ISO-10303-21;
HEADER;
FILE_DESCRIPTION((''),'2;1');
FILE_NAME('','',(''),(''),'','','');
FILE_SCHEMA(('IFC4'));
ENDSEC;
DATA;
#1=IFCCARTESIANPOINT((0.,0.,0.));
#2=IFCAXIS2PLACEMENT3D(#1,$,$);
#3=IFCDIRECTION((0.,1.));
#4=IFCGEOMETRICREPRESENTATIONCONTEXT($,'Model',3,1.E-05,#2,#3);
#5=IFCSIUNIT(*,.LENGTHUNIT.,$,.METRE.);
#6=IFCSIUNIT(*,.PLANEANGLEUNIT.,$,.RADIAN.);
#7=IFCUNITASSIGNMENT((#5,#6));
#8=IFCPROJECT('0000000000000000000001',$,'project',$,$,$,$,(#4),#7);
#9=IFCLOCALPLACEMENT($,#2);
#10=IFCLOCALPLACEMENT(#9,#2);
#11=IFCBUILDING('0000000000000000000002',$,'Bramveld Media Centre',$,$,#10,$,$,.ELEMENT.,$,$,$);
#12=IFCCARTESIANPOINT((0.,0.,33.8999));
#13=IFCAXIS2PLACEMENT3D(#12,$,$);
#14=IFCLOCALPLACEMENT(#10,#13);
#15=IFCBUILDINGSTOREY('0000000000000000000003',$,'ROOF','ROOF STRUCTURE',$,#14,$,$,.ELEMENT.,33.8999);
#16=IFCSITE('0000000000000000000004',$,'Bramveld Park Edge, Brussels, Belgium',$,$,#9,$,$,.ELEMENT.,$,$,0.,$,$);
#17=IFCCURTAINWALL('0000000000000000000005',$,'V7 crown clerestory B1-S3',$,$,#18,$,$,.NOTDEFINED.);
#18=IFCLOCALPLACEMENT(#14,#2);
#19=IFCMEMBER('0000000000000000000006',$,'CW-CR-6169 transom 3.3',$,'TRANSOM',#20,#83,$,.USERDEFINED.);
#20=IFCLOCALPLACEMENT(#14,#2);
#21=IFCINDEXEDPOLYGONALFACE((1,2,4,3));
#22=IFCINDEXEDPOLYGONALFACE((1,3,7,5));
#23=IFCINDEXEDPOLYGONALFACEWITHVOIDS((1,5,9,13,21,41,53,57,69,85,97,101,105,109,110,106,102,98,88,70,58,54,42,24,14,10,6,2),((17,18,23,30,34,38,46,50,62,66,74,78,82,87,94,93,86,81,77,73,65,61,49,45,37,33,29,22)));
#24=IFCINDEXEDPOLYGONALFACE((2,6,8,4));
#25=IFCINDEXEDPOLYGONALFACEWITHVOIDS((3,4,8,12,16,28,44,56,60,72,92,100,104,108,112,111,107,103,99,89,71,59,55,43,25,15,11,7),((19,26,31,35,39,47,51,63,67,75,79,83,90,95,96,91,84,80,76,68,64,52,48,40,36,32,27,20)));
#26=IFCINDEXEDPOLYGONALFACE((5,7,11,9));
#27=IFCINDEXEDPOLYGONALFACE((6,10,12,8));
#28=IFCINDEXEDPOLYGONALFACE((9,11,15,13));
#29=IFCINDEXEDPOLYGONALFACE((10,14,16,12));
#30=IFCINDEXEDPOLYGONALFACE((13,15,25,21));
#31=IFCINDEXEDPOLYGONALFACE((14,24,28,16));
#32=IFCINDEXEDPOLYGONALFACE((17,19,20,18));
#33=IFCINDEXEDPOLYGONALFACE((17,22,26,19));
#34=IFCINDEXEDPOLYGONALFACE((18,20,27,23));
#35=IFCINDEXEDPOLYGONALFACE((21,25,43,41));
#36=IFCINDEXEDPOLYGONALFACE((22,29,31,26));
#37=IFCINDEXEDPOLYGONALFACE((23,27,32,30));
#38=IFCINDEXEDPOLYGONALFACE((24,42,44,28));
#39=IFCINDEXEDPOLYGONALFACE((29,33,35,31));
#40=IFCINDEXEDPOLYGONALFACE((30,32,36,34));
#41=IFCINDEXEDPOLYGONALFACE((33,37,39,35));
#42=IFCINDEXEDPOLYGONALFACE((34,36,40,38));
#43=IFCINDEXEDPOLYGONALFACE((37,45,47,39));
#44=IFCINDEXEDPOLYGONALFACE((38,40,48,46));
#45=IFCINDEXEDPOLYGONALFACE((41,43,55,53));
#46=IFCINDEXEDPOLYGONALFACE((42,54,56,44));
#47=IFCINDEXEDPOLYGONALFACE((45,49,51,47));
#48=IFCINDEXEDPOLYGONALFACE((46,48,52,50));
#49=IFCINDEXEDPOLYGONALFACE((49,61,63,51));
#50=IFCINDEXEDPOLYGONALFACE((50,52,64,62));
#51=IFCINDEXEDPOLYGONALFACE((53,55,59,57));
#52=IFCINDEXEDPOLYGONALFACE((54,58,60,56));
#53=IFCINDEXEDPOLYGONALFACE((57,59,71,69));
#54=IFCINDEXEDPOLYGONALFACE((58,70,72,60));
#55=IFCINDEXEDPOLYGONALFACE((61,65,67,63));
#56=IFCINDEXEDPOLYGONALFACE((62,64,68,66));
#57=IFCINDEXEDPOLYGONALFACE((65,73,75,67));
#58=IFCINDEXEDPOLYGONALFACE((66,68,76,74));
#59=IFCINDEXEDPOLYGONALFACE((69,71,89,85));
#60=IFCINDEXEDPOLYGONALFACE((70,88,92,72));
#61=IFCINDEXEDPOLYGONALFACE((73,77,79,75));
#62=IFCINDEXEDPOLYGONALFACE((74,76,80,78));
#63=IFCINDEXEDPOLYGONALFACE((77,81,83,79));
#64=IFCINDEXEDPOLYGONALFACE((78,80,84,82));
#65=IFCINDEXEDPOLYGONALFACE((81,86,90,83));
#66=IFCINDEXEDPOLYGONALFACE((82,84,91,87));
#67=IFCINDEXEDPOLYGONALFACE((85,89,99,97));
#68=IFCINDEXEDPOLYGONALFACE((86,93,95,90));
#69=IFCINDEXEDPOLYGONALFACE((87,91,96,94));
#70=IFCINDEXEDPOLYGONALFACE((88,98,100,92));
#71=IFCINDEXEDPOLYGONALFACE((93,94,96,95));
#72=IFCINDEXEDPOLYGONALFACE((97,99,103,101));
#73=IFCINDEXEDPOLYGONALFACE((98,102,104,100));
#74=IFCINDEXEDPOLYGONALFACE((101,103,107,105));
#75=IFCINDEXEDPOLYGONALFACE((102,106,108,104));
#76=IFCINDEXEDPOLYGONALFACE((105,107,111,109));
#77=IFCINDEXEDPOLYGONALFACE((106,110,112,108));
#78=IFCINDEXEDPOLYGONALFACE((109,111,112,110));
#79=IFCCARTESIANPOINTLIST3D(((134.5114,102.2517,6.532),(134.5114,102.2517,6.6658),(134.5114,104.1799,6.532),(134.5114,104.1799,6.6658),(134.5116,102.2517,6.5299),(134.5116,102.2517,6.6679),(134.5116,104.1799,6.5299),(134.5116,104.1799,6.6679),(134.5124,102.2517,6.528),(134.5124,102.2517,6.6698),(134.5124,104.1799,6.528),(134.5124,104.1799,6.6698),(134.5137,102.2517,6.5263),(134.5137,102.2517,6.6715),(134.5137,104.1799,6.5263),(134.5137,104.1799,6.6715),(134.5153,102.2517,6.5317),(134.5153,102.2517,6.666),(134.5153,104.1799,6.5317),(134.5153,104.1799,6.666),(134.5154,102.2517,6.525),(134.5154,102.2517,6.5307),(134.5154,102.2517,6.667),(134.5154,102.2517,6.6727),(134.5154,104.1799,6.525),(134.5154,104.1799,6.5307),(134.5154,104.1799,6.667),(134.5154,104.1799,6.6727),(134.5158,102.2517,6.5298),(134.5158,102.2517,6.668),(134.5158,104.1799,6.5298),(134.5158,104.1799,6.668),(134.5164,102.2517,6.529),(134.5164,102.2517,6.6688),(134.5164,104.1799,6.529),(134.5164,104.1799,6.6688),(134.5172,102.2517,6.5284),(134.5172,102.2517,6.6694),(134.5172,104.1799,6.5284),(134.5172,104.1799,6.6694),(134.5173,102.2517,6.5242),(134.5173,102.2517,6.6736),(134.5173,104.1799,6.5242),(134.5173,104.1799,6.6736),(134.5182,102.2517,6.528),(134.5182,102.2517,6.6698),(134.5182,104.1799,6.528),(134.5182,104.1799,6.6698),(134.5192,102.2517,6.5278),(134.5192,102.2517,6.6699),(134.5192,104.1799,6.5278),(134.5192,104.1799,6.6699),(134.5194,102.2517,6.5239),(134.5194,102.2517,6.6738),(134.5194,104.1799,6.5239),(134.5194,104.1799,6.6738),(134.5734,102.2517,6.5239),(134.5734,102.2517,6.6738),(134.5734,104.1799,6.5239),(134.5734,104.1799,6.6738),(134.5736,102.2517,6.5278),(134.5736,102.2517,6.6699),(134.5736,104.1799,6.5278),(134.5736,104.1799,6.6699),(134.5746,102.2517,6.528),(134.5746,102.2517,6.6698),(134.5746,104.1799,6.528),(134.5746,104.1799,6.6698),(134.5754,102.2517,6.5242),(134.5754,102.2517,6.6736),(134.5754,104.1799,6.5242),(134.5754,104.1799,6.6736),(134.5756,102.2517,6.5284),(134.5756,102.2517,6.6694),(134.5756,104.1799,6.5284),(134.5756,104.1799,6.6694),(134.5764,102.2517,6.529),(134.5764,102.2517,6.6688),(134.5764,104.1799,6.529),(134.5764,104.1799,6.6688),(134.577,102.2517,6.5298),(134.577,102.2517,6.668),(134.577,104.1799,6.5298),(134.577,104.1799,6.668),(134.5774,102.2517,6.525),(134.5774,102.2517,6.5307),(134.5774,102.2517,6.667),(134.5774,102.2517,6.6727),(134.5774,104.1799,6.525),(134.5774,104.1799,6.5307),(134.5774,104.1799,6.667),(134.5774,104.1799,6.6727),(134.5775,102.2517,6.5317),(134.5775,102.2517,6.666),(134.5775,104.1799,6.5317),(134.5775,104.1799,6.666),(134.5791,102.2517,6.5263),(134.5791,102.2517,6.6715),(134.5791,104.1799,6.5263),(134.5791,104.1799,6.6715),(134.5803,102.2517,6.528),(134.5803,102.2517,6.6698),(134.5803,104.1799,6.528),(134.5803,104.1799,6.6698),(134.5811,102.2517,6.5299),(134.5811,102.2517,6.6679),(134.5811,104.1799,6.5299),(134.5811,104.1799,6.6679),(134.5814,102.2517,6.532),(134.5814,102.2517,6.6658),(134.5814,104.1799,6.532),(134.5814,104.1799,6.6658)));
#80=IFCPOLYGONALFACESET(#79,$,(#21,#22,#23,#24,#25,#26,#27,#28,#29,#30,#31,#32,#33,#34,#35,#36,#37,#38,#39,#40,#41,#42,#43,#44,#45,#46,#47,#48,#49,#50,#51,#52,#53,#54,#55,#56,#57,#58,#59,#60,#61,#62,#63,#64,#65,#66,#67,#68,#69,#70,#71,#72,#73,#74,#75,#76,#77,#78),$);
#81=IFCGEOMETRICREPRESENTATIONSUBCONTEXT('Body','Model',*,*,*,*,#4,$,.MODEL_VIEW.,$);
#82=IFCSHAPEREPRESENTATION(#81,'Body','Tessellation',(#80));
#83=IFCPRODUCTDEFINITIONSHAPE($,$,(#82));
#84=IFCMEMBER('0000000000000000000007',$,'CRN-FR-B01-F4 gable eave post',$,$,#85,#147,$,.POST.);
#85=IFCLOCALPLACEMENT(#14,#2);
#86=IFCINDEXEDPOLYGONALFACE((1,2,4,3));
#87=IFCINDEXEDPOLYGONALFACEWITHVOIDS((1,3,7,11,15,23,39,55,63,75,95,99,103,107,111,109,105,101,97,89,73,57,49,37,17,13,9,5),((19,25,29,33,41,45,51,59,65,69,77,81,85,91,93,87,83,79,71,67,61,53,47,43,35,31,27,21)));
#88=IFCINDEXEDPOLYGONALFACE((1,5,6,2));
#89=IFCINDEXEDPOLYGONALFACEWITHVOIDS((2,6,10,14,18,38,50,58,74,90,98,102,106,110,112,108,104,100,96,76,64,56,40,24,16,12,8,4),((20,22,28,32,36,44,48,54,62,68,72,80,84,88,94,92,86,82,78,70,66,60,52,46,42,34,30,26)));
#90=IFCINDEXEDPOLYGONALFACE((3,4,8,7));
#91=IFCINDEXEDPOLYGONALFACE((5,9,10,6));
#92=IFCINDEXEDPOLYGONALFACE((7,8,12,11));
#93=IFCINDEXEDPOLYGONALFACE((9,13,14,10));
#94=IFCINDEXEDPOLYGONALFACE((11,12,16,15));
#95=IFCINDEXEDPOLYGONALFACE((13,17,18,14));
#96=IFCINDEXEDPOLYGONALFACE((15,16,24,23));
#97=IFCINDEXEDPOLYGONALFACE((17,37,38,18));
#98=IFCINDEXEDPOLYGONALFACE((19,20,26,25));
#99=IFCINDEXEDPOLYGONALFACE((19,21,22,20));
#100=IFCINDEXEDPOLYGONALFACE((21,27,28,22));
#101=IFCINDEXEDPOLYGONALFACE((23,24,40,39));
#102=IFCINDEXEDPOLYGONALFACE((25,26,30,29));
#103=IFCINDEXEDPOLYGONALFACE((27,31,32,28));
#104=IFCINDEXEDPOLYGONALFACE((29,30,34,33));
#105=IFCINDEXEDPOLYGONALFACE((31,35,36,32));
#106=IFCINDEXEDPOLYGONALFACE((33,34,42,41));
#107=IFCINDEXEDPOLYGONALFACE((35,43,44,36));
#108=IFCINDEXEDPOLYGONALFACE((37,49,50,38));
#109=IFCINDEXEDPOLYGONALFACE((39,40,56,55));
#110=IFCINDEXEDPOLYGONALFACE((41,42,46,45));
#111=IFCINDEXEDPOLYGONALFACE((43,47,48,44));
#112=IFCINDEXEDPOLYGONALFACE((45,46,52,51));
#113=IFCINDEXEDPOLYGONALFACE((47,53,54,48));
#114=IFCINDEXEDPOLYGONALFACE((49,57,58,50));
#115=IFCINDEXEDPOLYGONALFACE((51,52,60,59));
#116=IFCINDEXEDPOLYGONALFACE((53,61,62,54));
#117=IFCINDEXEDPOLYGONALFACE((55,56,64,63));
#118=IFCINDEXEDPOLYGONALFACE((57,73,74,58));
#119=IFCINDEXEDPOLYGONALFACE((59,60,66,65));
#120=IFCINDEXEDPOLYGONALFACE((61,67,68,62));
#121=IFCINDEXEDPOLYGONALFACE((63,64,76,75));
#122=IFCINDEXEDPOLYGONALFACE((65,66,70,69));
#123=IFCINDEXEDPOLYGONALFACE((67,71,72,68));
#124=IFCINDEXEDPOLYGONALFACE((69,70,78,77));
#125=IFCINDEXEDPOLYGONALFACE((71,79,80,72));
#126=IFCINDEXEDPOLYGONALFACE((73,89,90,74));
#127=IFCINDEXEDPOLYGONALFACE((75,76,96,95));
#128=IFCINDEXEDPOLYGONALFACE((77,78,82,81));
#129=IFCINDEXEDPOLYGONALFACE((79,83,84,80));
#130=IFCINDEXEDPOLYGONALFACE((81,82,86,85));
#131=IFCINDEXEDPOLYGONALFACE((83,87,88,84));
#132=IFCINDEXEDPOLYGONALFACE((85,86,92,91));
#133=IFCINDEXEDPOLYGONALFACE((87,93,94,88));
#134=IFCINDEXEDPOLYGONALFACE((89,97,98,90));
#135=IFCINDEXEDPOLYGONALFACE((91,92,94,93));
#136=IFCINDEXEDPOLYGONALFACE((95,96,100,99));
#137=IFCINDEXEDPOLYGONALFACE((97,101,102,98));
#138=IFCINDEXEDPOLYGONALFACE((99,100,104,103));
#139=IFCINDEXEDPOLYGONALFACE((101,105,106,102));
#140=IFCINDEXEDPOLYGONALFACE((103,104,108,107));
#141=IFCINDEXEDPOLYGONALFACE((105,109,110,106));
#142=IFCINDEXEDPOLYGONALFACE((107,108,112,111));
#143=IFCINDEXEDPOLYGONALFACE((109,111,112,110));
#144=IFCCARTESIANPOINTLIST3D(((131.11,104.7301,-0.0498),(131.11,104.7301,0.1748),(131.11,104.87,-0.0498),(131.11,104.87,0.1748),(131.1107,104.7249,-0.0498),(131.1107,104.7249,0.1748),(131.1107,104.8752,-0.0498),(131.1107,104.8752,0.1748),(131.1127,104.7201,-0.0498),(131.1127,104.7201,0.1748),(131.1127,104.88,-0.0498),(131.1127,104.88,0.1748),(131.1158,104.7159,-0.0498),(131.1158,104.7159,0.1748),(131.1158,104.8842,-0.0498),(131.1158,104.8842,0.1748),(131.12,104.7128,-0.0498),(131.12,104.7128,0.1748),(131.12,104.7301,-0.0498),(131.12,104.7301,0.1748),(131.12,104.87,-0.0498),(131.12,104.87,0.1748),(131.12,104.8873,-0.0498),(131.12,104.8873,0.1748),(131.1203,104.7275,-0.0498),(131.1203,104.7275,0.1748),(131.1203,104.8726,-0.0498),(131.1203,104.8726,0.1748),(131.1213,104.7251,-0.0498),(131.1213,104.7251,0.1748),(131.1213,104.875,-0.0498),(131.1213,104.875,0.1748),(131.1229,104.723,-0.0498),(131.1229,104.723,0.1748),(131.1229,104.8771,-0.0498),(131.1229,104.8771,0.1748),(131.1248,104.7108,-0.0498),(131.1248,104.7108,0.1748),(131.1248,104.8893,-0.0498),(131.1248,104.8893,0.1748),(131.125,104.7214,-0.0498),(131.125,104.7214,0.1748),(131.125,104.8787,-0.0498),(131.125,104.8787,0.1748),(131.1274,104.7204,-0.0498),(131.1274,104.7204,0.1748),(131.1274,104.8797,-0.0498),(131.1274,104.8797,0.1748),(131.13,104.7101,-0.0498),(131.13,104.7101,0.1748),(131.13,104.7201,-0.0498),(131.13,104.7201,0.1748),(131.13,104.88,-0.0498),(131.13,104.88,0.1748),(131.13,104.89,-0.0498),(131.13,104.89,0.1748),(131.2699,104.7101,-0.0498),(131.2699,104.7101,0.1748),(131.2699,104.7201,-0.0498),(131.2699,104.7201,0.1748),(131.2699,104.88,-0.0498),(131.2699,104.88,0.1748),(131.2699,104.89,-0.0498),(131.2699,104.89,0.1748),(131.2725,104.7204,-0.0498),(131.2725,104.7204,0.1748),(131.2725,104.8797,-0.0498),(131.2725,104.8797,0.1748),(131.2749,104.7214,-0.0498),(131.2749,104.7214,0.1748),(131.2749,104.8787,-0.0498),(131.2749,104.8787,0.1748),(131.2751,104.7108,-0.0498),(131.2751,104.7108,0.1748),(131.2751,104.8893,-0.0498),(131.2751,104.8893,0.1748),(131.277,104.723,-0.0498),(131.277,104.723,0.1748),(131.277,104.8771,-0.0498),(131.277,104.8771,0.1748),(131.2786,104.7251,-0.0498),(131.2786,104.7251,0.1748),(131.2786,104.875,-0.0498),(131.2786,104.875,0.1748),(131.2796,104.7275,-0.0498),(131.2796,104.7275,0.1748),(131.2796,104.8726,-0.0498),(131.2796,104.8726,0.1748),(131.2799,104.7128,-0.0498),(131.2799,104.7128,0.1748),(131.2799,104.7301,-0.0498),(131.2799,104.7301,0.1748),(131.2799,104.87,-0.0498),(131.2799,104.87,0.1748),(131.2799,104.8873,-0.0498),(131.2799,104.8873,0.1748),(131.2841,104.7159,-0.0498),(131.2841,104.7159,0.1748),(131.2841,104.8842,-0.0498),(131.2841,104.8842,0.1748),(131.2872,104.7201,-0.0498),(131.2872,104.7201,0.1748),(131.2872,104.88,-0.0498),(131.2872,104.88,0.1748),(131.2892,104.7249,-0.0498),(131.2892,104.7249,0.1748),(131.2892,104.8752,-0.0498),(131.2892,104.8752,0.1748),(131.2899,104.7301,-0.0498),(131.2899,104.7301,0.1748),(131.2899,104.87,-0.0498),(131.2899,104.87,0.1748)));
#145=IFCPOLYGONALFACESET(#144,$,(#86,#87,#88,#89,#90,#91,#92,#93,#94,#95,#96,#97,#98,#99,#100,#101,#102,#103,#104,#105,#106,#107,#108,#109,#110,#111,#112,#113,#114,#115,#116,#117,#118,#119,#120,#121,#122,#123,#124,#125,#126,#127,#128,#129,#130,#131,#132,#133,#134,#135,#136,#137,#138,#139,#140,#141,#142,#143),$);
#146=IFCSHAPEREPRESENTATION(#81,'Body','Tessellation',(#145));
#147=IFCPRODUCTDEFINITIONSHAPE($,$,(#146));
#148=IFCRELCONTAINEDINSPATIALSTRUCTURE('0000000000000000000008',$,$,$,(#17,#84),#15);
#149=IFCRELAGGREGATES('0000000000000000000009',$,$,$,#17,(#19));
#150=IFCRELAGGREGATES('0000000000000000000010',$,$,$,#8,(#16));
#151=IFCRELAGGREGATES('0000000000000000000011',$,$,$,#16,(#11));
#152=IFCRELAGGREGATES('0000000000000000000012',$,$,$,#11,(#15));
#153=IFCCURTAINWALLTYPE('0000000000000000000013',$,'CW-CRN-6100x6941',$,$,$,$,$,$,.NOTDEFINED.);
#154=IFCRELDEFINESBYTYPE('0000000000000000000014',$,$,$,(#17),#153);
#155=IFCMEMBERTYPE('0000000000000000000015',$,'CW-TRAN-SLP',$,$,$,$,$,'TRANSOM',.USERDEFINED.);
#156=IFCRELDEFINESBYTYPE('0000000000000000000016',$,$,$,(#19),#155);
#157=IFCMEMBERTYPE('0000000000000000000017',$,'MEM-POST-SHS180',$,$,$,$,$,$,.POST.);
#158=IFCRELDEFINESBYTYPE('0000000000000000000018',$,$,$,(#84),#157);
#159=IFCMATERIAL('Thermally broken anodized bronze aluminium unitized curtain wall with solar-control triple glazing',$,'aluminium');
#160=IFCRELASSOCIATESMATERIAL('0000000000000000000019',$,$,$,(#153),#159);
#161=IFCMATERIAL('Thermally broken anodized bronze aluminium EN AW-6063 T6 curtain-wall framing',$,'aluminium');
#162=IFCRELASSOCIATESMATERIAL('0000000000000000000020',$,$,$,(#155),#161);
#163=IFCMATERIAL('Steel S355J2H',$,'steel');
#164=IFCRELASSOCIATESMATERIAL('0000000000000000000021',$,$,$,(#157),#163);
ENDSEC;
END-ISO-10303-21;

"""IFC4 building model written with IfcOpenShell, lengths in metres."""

from ifc_helpers import new_model, si_unit, direction, frame, origin, origin_2d, place, context, subcontext, project, spatial, hollow_rectangle, extrude, material, material_profile, profile_set, type_object, element, aggregate, save


model = new_model("IFC4")

# Units and contexts
model_context = context("Model", 3, precision=1e-05, world=origin(), true_north=direction((0.0, 1.0)))
body_context = subcontext(model_context, "Body", "Model", "MODEL_VIEW")
ifc_project = project(units=[si_unit("LENGTHUNIT", "METRE"), si_unit("PLANEANGLEUNIT", "RADIAN")], contexts=[model_context])

# Site, building, storey
site_placement = place(None, origin())
site = spatial("IfcSite", under=ifc_project, at=site_placement, Name="Bramveld Park Edge, Brussels, Belgium", CompositionType="ELEMENT", RefElevation=0.0)
building_placement = place(site_placement, origin())
building = spatial("IfcBuilding", under=site, at=building_placement, Name="Bramveld Media Centre", CompositionType="ELEMENT")
storey_placement = place(building_placement, frame((0.0, 0.0, 33.8999)))
storey = spatial("IfcBuildingStorey", under=building, at=storey_placement, Name="ROOF", Description="ROOF STRUCTURE", CompositionType="ELEMENT", Elevation=33.8999)

# Curtain wall, member
ifc_material_1 = material(Name="Thermally broken anodized bronze aluminium unitized curtain wall with solar-control triple glazing", Category="aluminium")
curtain_wall_type = type_object("IfcCurtainWallType", Name="CW-CRN-6100x6941", PredefinedType="NOTDEFINED", material=ifc_material_1)
curtain_wall_placement = place(storey_placement, origin())
curtain_wall = element("IfcCurtainWall", 1, at=curtain_wall_placement, inside=storey, type_object=curtain_wall_type, Name="V7 crown clerestory B1-S3", PredefinedType="NOTDEFINED")
ifc_material_2 = material(Name="Thermally broken anodized bronze aluminium EN AW-6063 T6 curtain-wall framing", Category="aluminium")
ifc_material_profile_1 = material_profile(ifc_material_2, hollow_rectangle(XDim=0.0701, YDim=0.1499, WallThickness=0.0039, InnerFilletRadius=0.0039, OuterFilletRadius=0.0081, at=origin_2d()), Name="AL-TRAN 70x150")
ifc_profile_set_1 = profile_set([ifc_material_profile_1], Name="Thermally broken anodized bronze aluminium EN AW-6063 T6 curtain-wall framing")
member_type_1 = type_object("IfcMemberType", Name="CW-TRAN-SLP", ElementType="TRANSOM", PredefinedType="USERDEFINED", material=ifc_profile_set_1)
member_1_placement = place(storey_placement, frame((134.5464, 102.2517, 6.5989), z_axis=(0.0, 1.0, 0.0), x_axis=(-1.0, 0.0, 0.0)))
member_1 = element("IfcMember", 2, at=member_1_placement, type_object=member_type_1, Name="CW-CR-6169 transom 3.3", ObjectType="TRANSOM", PredefinedType="USERDEFINED", context=body_context, shape_type="SweptSolid", body=[
    extrude(hollow_rectangle(XDim=0.0701, YDim=0.1499, WallThickness=0.0039, InnerFilletRadius=0.0039, OuterFilletRadius=0.0081, at=origin_2d()), origin(), (0.0, 0.0, 1.0), 1.9282),
])

# Member
ifc_material_3 = material(Name="Steel S355J2H", Category="steel")
ifc_material_profile_2 = material_profile(ifc_material_3, hollow_rectangle(XDim=0.1799, YDim=0.1799, WallThickness=0.01, InnerFilletRadius=0.01, OuterFilletRadius=0.02, at=origin_2d()), Name="SHS 180x180x10")
ifc_profile_set_2 = profile_set([ifc_material_profile_2], Name="Steel S355J2H")
member_type_2 = type_object("IfcMemberType", Name="MEM-POST-SHS180", PredefinedType="POST", material=ifc_profile_set_2)
member_2_placement = place(storey_placement, frame((131.2, 104.8, -0.0498), z_axis=(0.0, 0.0, 1.0), x_axis=(1.0, 0.0, 0.0)))
element("IfcMember", 3, at=member_2_placement, inside=storey, type_object=member_type_2, Name="CRN-FR-B01-F4 gable eave post", PredefinedType="POST", context=body_context, shape_type="SweptSolid", body=[
    extrude(hollow_rectangle(XDim=0.1799, YDim=0.1799, WallThickness=0.01, InnerFilletRadius=0.01, OuterFilletRadius=0.02, at=origin_2d()), origin(), (0.0, 0.0, 1.0), 0.2246),
])

aggregate(curtain_wall, [member_1])

save(model, "model.ifc")
